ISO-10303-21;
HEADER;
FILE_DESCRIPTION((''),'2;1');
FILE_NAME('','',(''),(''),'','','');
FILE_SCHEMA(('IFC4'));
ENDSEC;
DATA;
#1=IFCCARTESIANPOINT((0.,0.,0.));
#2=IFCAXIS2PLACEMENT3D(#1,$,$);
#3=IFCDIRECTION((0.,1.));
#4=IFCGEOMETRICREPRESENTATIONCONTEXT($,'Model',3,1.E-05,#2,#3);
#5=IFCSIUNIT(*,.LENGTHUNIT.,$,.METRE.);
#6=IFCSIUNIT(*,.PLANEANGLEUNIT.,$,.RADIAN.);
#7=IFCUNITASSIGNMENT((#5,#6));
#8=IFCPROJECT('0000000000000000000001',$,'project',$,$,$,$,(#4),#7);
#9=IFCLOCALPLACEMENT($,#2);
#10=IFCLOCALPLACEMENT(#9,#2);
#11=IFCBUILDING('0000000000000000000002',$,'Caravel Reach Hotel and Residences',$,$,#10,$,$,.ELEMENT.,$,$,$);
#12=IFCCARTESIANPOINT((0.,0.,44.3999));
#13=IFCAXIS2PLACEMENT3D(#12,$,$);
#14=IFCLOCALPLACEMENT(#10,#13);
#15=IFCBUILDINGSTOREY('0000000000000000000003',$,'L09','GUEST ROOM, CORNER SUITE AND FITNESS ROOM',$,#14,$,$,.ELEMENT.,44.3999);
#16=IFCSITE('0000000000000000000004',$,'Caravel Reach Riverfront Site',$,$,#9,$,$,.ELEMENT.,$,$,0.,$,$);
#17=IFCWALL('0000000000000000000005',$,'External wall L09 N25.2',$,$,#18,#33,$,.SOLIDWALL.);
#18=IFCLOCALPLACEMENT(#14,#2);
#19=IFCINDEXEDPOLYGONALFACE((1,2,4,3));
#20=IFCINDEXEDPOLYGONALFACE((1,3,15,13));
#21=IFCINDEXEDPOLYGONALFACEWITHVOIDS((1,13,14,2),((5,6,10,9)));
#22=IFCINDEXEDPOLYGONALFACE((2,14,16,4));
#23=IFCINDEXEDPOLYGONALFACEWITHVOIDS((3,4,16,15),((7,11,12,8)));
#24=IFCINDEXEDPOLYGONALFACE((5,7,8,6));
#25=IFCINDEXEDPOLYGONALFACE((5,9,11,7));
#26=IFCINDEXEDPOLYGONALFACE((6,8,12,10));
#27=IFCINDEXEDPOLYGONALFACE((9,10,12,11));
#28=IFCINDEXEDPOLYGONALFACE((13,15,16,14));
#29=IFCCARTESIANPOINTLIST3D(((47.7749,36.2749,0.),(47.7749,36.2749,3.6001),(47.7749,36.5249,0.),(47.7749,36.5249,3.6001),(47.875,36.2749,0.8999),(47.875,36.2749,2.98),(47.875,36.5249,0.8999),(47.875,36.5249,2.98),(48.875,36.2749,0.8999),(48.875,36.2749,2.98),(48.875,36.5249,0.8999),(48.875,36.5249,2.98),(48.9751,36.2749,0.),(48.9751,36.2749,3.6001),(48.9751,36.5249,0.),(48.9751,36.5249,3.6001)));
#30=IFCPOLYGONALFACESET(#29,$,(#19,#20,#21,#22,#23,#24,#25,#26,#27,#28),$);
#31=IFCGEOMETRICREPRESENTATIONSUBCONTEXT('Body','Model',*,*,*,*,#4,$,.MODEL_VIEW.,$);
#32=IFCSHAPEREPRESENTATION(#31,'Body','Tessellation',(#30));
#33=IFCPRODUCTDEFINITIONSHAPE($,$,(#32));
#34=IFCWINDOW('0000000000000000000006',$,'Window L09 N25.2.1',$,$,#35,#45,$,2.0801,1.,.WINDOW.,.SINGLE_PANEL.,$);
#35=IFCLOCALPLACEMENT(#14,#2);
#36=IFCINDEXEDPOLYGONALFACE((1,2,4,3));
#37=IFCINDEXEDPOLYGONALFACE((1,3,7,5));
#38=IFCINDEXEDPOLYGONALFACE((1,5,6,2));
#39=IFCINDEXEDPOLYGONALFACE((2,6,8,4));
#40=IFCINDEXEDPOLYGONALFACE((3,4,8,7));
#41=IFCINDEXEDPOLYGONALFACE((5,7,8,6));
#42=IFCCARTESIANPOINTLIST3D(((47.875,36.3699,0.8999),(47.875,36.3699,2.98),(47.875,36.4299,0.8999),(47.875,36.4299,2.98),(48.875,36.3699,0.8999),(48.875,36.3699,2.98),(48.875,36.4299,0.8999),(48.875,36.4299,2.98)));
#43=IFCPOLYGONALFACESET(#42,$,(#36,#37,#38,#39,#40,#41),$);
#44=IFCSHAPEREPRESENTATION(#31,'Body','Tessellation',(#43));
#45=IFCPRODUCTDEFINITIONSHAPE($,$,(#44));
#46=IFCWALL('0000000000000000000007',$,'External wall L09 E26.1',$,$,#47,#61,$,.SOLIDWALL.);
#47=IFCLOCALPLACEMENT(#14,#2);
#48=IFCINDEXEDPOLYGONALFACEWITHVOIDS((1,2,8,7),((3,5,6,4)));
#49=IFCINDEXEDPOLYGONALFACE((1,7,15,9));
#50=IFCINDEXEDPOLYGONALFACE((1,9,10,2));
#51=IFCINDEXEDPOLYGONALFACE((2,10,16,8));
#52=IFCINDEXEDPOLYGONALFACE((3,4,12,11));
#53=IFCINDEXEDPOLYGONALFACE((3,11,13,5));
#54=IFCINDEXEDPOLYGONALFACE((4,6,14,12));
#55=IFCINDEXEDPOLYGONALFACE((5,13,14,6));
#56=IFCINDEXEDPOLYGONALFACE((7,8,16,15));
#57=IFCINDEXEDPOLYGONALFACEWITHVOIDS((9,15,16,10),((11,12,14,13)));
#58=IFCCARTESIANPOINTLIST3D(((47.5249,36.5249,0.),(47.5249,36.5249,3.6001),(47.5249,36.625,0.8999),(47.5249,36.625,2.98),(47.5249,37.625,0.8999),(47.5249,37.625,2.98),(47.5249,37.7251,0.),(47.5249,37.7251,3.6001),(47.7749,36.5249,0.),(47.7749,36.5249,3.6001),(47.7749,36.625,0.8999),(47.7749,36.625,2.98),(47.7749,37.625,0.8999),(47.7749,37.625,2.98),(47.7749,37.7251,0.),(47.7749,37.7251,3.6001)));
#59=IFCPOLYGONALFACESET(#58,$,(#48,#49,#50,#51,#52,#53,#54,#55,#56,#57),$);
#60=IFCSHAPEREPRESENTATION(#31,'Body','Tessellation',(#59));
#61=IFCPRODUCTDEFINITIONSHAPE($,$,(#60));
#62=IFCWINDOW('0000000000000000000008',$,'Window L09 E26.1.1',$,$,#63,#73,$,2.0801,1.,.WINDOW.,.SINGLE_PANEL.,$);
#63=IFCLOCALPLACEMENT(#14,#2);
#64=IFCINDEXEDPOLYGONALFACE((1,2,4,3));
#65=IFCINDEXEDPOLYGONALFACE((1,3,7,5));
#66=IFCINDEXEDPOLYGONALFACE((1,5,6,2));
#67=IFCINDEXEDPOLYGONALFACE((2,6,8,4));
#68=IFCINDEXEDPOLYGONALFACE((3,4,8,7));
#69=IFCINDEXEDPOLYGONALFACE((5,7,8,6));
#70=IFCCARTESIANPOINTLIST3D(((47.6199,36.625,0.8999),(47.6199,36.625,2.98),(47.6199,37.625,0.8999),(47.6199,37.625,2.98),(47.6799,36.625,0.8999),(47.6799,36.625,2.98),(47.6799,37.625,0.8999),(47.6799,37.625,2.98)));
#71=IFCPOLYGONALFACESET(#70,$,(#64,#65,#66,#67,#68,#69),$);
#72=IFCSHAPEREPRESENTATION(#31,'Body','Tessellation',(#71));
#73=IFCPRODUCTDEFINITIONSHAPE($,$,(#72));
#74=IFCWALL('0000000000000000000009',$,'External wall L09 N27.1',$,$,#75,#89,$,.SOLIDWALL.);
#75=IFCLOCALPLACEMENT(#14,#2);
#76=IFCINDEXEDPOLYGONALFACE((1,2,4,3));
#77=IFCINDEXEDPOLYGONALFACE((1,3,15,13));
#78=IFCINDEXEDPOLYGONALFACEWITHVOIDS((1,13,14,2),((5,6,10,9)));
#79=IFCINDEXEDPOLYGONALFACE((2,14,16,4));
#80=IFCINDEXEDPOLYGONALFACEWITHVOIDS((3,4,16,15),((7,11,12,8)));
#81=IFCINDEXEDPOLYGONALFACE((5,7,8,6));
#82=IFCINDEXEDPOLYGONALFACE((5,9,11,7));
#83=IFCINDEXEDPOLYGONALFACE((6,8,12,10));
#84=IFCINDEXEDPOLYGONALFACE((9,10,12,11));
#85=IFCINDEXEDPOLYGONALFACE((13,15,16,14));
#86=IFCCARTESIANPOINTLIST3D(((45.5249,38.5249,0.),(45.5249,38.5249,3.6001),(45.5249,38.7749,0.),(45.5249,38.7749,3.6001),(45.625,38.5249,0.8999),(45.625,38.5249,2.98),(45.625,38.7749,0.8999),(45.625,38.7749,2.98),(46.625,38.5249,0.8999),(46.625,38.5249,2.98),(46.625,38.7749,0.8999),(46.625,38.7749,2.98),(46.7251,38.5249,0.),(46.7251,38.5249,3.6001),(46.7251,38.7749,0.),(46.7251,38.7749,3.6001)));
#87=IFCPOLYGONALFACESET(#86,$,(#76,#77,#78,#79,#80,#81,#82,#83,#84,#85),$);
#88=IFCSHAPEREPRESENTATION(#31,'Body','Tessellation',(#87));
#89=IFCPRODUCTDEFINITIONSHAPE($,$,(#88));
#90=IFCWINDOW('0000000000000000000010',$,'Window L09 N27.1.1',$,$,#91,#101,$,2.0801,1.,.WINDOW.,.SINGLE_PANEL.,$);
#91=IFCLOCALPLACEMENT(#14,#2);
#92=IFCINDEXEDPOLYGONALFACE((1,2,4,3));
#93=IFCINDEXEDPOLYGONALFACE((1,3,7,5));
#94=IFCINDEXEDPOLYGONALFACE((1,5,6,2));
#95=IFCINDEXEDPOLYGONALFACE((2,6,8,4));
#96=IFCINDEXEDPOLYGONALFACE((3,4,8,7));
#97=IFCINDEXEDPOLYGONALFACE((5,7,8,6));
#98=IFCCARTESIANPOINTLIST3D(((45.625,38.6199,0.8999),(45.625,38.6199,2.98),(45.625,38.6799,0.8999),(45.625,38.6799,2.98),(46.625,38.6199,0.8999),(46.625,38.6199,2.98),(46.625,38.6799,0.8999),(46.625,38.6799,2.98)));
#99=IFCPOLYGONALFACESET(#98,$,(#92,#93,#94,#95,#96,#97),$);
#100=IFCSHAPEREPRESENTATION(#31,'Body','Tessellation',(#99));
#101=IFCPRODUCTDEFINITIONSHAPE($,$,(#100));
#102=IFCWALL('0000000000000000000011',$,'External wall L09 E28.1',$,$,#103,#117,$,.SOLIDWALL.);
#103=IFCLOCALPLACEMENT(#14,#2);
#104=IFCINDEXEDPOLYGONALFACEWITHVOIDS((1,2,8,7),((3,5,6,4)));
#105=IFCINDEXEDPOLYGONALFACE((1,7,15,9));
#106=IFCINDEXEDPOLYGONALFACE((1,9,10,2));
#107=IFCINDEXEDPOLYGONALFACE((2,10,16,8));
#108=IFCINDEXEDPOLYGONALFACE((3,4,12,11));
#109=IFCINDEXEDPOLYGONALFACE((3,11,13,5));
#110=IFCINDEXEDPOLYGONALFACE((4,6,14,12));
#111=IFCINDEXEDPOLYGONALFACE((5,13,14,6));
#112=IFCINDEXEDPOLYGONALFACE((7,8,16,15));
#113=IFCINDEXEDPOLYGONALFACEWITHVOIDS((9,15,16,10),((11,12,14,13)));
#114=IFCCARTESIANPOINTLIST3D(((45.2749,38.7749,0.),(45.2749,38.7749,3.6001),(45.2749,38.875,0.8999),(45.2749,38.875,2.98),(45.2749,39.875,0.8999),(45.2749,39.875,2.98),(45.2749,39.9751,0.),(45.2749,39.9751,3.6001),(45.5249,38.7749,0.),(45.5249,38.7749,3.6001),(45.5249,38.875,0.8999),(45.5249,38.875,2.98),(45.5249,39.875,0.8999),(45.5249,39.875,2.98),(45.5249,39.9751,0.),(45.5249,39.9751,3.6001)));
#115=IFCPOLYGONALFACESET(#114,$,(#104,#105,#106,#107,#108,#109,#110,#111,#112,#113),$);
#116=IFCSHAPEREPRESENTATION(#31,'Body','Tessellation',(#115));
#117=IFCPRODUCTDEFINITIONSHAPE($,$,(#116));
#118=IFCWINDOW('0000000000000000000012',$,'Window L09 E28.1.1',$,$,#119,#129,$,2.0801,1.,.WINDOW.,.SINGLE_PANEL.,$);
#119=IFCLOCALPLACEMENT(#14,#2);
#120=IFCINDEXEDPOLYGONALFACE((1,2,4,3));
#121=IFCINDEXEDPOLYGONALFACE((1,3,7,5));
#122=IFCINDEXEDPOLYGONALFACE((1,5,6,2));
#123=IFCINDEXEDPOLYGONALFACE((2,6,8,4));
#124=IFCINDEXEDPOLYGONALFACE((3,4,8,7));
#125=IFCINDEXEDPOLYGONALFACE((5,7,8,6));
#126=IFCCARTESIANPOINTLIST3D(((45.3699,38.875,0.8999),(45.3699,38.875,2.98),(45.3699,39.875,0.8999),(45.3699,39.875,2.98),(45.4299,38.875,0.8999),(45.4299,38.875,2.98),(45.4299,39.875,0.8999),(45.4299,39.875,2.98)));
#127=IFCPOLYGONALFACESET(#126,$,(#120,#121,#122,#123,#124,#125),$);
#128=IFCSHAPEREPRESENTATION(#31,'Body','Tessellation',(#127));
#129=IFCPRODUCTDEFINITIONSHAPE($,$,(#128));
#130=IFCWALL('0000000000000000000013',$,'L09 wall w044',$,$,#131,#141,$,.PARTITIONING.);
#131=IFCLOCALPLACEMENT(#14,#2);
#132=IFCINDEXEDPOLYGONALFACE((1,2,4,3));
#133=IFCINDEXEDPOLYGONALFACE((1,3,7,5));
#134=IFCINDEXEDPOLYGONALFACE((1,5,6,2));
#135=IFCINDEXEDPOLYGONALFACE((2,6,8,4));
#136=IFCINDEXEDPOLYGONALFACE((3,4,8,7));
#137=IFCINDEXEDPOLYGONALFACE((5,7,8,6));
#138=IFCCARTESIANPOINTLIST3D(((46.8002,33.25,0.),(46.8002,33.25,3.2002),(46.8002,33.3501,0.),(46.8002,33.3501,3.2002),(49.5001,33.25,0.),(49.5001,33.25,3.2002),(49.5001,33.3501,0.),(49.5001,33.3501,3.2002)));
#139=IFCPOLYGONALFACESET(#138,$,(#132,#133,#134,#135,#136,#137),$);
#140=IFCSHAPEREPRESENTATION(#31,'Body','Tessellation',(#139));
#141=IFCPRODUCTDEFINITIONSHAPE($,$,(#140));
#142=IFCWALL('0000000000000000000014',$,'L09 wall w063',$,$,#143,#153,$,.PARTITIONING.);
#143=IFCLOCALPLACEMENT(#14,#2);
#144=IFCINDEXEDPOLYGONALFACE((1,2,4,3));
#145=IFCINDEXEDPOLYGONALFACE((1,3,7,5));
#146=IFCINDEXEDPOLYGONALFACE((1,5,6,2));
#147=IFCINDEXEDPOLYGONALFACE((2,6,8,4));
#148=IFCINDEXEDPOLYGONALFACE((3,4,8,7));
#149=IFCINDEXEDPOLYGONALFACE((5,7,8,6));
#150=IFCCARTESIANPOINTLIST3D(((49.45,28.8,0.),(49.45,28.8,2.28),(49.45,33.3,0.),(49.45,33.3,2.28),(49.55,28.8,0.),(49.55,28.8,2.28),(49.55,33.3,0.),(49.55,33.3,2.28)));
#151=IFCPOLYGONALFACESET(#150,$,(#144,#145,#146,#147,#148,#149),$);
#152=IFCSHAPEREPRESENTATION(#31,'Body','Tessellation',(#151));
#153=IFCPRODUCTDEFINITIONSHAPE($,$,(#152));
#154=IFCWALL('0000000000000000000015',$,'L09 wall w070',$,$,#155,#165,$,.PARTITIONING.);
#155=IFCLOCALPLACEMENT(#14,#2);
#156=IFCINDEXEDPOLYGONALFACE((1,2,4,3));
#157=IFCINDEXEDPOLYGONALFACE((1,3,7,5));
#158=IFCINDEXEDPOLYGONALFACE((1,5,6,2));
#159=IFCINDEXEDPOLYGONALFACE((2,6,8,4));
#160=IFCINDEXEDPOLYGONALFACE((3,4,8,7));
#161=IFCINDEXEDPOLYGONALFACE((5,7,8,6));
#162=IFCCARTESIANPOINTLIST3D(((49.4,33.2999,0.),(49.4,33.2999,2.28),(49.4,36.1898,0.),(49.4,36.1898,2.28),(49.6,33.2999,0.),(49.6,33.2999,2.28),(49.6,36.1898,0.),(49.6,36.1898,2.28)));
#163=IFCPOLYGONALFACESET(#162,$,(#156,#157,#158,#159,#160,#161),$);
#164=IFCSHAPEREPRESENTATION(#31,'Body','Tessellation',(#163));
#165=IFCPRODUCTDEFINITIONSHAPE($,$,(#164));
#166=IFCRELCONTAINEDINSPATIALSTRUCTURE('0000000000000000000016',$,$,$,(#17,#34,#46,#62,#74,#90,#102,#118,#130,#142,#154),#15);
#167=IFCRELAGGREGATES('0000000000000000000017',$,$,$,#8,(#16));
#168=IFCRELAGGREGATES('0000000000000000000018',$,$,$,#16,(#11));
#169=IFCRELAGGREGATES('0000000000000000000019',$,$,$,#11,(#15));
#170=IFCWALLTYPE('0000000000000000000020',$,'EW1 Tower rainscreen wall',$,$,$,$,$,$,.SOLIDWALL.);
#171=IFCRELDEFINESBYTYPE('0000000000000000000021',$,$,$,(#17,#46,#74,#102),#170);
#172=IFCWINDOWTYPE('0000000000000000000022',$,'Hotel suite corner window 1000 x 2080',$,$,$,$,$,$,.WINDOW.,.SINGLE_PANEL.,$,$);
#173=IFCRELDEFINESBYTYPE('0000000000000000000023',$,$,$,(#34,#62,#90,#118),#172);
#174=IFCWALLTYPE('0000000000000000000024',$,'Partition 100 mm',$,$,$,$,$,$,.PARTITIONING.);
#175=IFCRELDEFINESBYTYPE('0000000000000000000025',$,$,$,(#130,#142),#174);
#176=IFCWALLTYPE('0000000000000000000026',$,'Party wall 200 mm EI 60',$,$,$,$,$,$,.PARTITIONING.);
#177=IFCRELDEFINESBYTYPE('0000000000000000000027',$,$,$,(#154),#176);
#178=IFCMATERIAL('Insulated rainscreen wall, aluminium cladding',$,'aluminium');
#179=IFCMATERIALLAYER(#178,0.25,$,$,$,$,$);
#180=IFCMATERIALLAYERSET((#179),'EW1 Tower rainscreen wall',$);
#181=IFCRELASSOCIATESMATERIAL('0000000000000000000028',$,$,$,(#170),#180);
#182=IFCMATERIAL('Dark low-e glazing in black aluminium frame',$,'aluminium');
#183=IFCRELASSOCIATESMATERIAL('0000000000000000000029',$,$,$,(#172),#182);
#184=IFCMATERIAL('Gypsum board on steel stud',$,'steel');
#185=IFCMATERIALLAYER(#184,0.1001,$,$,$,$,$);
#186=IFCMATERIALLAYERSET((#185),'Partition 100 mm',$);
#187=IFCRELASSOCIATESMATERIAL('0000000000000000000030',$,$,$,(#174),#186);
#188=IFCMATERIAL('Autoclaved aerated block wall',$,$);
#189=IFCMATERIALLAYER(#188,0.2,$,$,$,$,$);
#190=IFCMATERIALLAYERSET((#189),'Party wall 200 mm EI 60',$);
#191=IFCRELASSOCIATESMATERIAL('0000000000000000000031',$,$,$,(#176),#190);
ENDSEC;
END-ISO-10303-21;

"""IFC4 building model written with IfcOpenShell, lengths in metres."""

from ifc_helpers import new_model, si_unit, direction, frame, frame_2d, origin, place, context, subcontext, project, spatial, rectangle, extrude, material, layer, layer_set, type_object, element, fill, save


model = new_model("IFC4")

# Units and contexts
model_context = context("Model", 3, precision=1e-05, world=origin(), true_north=direction((0.0, 1.0)))
body_context = subcontext(model_context, "Body", "Model", "MODEL_VIEW")
ifc_project = project(units=[si_unit("LENGTHUNIT", "METRE"), si_unit("PLANEANGLEUNIT", "RADIAN")], contexts=[model_context])

# Site, building, storey
site_placement = place(None, origin())
site = spatial("IfcSite", under=ifc_project, at=site_placement, Name="Caravel Reach Riverfront Site", CompositionType="ELEMENT", RefElevation=0.0)
building_placement = place(site_placement, origin())
building = spatial("IfcBuilding", under=site, at=building_placement, Name="Caravel Reach Hotel and Residences", CompositionType="ELEMENT")
storey_placement = place(building_placement, frame((0.0, 0.0, 44.3999)))
storey = spatial("IfcBuildingStorey", under=building, at=storey_placement, Name="L09", Description="GUEST ROOM, CORNER SUITE AND FITNESS ROOM", CompositionType="ELEMENT", Elevation=44.3999)

# Walls, openings, windows
ifc_material_1 = material(Name="Insulated rainscreen wall, aluminium cladding", Category="aluminium")
ifc_layer_1 = layer(ifc_material_1, 0.25)
ifc_layer_set_1 = layer_set([ifc_layer_1], Name="EW1 Tower rainscreen wall")
wall_type_1 = type_object("IfcWallType", Name="EW1 Tower rainscreen wall", PredefinedType="SOLIDWALL", material=ifc_layer_set_1)
wall_1_placement = place(storey_placement, frame((48.9751, 36.3999, 0.0), z_axis=(0.0, 0.0, 1.0), x_axis=(-1.0, 0.0, 0.0)))
wall_1 = element("IfcWall", 1, at=wall_1_placement, inside=storey, type_object=wall_type_1, Name="External wall L09 N25.2", PredefinedType="SOLIDWALL", context=body_context, shape_type="SweptSolid", body=[
    extrude(rectangle(XDim=1.2002, YDim=0.25, at=frame_2d((0.6001, 0.0))), origin(), (0.0, 0.0, 1.0), 3.6001),
])
opening_1_placement = place(wall_1_placement, frame((0.1001, 0.0, 0.8999)))
opening_1 = element("IfcOpeningElement", 2, at=opening_1_placement, cuts=wall_1, PredefinedType="OPENING", context=body_context, shape_type="SweptSolid", body=[
    extrude(rectangle(XDim=1.0, YDim=2.0801, at=frame_2d((0.5, 1.04))), frame((0.0, 0.135, 0.0), z_axis=(0.0, -1.0, 0.0), x_axis=(1.0, 0.0, 0.0)), (0.0, 0.0, 1.0), 0.27),
])
ifc_material_2 = material(Name="Dark low-e glazing in black aluminium frame", Category="aluminium")
window_type = type_object("IfcWindowType", Name="Hotel suite corner window 1000 x 2080", PartitioningType="SINGLE_PANEL", PredefinedType="WINDOW", material=ifc_material_2)
window_1_placement = place(opening_1_placement, origin())
window_1 = element("IfcWindow", 3, at=window_1_placement, inside=storey, type_object=window_type, Name="Window L09 N25.2.1", OverallHeight=2.0801, OverallWidth=1.0, PartitioningType="SINGLE_PANEL", PredefinedType="WINDOW", context=body_context, shape_type="SweptSolid", body=[
    extrude(rectangle(XDim=1.0, YDim=2.0801, at=frame_2d((0.5, 1.04))), frame((0.0, 0.03, 0.0), z_axis=(0.0, -1.0, 0.0), x_axis=(1.0, 0.0, 0.0)), (0.0, 0.0, 1.0), 0.0601),
])
fill(opening_1, window_1)
wall_2_placement = place(storey_placement, frame((47.6499, 36.5249, 0.0), z_axis=(0.0, 0.0, 1.0), x_axis=(0.0, 1.0, 0.0)))
wall_2 = element("IfcWall", 4, at=wall_2_placement, inside=storey, type_object=wall_type_1, Name="External wall L09 E26.1", PredefinedType="SOLIDWALL", context=body_context, shape_type="SweptSolid", body=[
    extrude(rectangle(XDim=1.2002, YDim=0.25, at=frame_2d((0.6001, 0.0))), origin(), (0.0, 0.0, 1.0), 3.6001),
])
opening_2_placement = place(wall_2_placement, frame((0.1001, 0.0, 0.8999)))
opening_2 = element("IfcOpeningElement", 5, at=opening_2_placement, cuts=wall_2, PredefinedType="OPENING", context=body_context, shape_type="SweptSolid", body=[
    extrude(rectangle(XDim=1.0, YDim=2.0801, at=frame_2d((0.5, 1.04))), frame((0.0, 0.135, 0.0), z_axis=(0.0, -1.0, 0.0), x_axis=(1.0, 0.0, 0.0)), (0.0, 0.0, 1.0), 0.27),
])
window_2_placement = place(opening_2_placement, origin())
window_2 = element("IfcWindow", 6, at=window_2_placement, inside=storey, type_object=window_type, Name="Window L09 E26.1.1", OverallHeight=2.0801, OverallWidth=1.0, PartitioningType="SINGLE_PANEL", PredefinedType="WINDOW", context=body_context, shape_type="SweptSolid", body=[
    extrude(rectangle(XDim=1.0, YDim=2.0801, at=frame_2d((0.5, 1.04))), frame((0.0, 0.03, 0.0), z_axis=(0.0, -1.0, 0.0), x_axis=(1.0, 0.0, 0.0)), (0.0, 0.0, 1.0), 0.0601),
])
fill(opening_2, window_2)
wall_3_placement = place(storey_placement, frame((46.7251, 38.6499, 0.0), z_axis=(0.0, 0.0, 1.0), x_axis=(-1.0, 0.0, 0.0)))
wall_3 = element("IfcWall", 7, at=wall_3_placement, inside=storey, type_object=wall_type_1, Name="External wall L09 N27.1", PredefinedType="SOLIDWALL", context=body_context, shape_type="SweptSolid", body=[
    extrude(rectangle(XDim=1.2002, YDim=0.25, at=frame_2d((0.6001, 0.0))), origin(), (0.0, 0.0, 1.0), 3.6001),
])
opening_3_placement = place(wall_3_placement, frame((0.1001, 0.0, 0.8999)))
opening_3 = element("IfcOpeningElement", 8, at=opening_3_placement, cuts=wall_3, PredefinedType="OPENING", context=body_context, shape_type="SweptSolid", body=[
    extrude(rectangle(XDim=1.0, YDim=2.0801, at=frame_2d((0.5, 1.04))), frame((0.0, 0.135, 0.0), z_axis=(0.0, -1.0, 0.0), x_axis=(1.0, 0.0, 0.0)), (0.0, 0.0, 1.0), 0.27),
])
window_3_placement = place(opening_3_placement, origin())
window_3 = element("IfcWindow", 9, at=window_3_placement, inside=storey, type_object=window_type, Name="Window L09 N27.1.1", OverallHeight=2.0801, OverallWidth=1.0, PartitioningType="SINGLE_PANEL", PredefinedType="WINDOW", context=body_context, shape_type="SweptSolid", body=[
    extrude(rectangle(XDim=1.0, YDim=2.0801, at=frame_2d((0.5, 1.04))), frame((0.0, 0.03, 0.0), z_axis=(0.0, -1.0, 0.0), x_axis=(1.0, 0.0, 0.0)), (0.0, 0.0, 1.0), 0.0601),
])
fill(opening_3, window_3)
wall_4_placement = place(storey_placement, frame((45.3999, 38.7749, 0.0), z_axis=(0.0, 0.0, 1.0), x_axis=(0.0, 1.0, 0.0)))
wall_4 = element("IfcWall", 10, at=wall_4_placement, inside=storey, type_object=wall_type_1, Name="External wall L09 E28.1", PredefinedType="SOLIDWALL", context=body_context, shape_type="SweptSolid", body=[
    extrude(rectangle(XDim=1.2002, YDim=0.25, at=frame_2d((0.6001, 0.0))), origin(), (0.0, 0.0, 1.0), 3.6001),
])
opening_4_placement = place(wall_4_placement, frame((0.1001, 0.0, 0.8999)))
opening_4 = element("IfcOpeningElement", 11, at=opening_4_placement, cuts=wall_4, PredefinedType="OPENING", context=body_context, shape_type="SweptSolid", body=[
    extrude(rectangle(XDim=1.0, YDim=2.0801, at=frame_2d((0.5, 1.04))), frame((0.0, 0.135, 0.0), z_axis=(0.0, -1.0, 0.0), x_axis=(1.0, 0.0, 0.0)), (0.0, 0.0, 1.0), 0.27),
])
window_4_placement = place(opening_4_placement, origin())
window_4 = element("IfcWindow", 12, at=window_4_placement, inside=storey, type_object=window_type, Name="Window L09 E28.1.1", OverallHeight=2.0801, OverallWidth=1.0, PartitioningType="SINGLE_PANEL", PredefinedType="WINDOW", context=body_context, shape_type="SweptSolid", body=[
    extrude(rectangle(XDim=1.0, YDim=2.0801, at=frame_2d((0.5, 1.04))), frame((0.0, 0.03, 0.0), z_axis=(0.0, -1.0, 0.0), x_axis=(1.0, 0.0, 0.0)), (0.0, 0.0, 1.0), 0.0601),
])
fill(opening_4, window_4)

# Walls
ifc_material_3 = material(Name="Gypsum board on steel stud", Category="steel")
ifc_layer_2 = layer(ifc_material_3, 0.1001)
ifc_layer_set_2 = layer_set([ifc_layer_2], Name="Partition 100 mm")
wall_type_2 = type_object("IfcWallType", Name="Partition 100 mm", PredefinedType="PARTITIONING", material=ifc_layer_set_2)
wall_5_placement = place(storey_placement, frame((46.8, 33.3, 0.0), z_axis=(0.0, 0.0, 1.0), x_axis=(1.0, 0.0, 0.0)))
element("IfcWall", 13, at=wall_5_placement, inside=storey, type_object=wall_type_2, Name="L09 wall w044", PredefinedType="PARTITIONING", context=body_context, shape_type="SweptSolid", body=[
    extrude(rectangle(XDim=2.7, YDim=0.1001, at=frame_2d((1.3501, 0.0))), origin(), (0.0, 0.0, 1.0), 3.2002),
])
wall_6_placement = place(storey_placement, frame((49.5, 28.8, 0.0), z_axis=(0.0, 0.0, 1.0), x_axis=(0.0, 1.0, 0.0)))
element("IfcWall", 14, at=wall_6_placement, inside=storey, type_object=wall_type_2, Name="L09 wall w063", PredefinedType="PARTITIONING", context=body_context, shape_type="SweptSolid", body=[
    extrude(rectangle(XDim=4.5, YDim=0.1001, at=frame_2d((2.25, 0.0))), origin(), (0.0, 0.0, 1.0), 2.28),
])
ifc_material_4 = material(Name="Autoclaved aerated block wall")
ifc_layer_3 = layer(ifc_material_4, 0.2)
ifc_layer_set_3 = layer_set([ifc_layer_3], Name="Party wall 200 mm EI 60")
wall_type_3 = type_object("IfcWallType", Name="Party wall 200 mm EI 60", PredefinedType="PARTITIONING", material=ifc_layer_set_3)
wall_7_placement = place(storey_placement, frame((49.5, 33.3, 0.0), z_axis=(0.0, 0.0, 1.0), x_axis=(0.0, 1.0, 0.0)))
element("IfcWall", 15, at=wall_7_placement, inside=storey, type_object=wall_type_3, Name="L09 wall w070", PredefinedType="PARTITIONING", context=body_context, shape_type="SweptSolid", body=[
    extrude(rectangle(XDim=2.8899, YDim=0.2, at=frame_2d((1.4448, 0.0))), origin(), (0.0, 0.0, 1.0), 2.28),
])

save(model, "model.ifc")
